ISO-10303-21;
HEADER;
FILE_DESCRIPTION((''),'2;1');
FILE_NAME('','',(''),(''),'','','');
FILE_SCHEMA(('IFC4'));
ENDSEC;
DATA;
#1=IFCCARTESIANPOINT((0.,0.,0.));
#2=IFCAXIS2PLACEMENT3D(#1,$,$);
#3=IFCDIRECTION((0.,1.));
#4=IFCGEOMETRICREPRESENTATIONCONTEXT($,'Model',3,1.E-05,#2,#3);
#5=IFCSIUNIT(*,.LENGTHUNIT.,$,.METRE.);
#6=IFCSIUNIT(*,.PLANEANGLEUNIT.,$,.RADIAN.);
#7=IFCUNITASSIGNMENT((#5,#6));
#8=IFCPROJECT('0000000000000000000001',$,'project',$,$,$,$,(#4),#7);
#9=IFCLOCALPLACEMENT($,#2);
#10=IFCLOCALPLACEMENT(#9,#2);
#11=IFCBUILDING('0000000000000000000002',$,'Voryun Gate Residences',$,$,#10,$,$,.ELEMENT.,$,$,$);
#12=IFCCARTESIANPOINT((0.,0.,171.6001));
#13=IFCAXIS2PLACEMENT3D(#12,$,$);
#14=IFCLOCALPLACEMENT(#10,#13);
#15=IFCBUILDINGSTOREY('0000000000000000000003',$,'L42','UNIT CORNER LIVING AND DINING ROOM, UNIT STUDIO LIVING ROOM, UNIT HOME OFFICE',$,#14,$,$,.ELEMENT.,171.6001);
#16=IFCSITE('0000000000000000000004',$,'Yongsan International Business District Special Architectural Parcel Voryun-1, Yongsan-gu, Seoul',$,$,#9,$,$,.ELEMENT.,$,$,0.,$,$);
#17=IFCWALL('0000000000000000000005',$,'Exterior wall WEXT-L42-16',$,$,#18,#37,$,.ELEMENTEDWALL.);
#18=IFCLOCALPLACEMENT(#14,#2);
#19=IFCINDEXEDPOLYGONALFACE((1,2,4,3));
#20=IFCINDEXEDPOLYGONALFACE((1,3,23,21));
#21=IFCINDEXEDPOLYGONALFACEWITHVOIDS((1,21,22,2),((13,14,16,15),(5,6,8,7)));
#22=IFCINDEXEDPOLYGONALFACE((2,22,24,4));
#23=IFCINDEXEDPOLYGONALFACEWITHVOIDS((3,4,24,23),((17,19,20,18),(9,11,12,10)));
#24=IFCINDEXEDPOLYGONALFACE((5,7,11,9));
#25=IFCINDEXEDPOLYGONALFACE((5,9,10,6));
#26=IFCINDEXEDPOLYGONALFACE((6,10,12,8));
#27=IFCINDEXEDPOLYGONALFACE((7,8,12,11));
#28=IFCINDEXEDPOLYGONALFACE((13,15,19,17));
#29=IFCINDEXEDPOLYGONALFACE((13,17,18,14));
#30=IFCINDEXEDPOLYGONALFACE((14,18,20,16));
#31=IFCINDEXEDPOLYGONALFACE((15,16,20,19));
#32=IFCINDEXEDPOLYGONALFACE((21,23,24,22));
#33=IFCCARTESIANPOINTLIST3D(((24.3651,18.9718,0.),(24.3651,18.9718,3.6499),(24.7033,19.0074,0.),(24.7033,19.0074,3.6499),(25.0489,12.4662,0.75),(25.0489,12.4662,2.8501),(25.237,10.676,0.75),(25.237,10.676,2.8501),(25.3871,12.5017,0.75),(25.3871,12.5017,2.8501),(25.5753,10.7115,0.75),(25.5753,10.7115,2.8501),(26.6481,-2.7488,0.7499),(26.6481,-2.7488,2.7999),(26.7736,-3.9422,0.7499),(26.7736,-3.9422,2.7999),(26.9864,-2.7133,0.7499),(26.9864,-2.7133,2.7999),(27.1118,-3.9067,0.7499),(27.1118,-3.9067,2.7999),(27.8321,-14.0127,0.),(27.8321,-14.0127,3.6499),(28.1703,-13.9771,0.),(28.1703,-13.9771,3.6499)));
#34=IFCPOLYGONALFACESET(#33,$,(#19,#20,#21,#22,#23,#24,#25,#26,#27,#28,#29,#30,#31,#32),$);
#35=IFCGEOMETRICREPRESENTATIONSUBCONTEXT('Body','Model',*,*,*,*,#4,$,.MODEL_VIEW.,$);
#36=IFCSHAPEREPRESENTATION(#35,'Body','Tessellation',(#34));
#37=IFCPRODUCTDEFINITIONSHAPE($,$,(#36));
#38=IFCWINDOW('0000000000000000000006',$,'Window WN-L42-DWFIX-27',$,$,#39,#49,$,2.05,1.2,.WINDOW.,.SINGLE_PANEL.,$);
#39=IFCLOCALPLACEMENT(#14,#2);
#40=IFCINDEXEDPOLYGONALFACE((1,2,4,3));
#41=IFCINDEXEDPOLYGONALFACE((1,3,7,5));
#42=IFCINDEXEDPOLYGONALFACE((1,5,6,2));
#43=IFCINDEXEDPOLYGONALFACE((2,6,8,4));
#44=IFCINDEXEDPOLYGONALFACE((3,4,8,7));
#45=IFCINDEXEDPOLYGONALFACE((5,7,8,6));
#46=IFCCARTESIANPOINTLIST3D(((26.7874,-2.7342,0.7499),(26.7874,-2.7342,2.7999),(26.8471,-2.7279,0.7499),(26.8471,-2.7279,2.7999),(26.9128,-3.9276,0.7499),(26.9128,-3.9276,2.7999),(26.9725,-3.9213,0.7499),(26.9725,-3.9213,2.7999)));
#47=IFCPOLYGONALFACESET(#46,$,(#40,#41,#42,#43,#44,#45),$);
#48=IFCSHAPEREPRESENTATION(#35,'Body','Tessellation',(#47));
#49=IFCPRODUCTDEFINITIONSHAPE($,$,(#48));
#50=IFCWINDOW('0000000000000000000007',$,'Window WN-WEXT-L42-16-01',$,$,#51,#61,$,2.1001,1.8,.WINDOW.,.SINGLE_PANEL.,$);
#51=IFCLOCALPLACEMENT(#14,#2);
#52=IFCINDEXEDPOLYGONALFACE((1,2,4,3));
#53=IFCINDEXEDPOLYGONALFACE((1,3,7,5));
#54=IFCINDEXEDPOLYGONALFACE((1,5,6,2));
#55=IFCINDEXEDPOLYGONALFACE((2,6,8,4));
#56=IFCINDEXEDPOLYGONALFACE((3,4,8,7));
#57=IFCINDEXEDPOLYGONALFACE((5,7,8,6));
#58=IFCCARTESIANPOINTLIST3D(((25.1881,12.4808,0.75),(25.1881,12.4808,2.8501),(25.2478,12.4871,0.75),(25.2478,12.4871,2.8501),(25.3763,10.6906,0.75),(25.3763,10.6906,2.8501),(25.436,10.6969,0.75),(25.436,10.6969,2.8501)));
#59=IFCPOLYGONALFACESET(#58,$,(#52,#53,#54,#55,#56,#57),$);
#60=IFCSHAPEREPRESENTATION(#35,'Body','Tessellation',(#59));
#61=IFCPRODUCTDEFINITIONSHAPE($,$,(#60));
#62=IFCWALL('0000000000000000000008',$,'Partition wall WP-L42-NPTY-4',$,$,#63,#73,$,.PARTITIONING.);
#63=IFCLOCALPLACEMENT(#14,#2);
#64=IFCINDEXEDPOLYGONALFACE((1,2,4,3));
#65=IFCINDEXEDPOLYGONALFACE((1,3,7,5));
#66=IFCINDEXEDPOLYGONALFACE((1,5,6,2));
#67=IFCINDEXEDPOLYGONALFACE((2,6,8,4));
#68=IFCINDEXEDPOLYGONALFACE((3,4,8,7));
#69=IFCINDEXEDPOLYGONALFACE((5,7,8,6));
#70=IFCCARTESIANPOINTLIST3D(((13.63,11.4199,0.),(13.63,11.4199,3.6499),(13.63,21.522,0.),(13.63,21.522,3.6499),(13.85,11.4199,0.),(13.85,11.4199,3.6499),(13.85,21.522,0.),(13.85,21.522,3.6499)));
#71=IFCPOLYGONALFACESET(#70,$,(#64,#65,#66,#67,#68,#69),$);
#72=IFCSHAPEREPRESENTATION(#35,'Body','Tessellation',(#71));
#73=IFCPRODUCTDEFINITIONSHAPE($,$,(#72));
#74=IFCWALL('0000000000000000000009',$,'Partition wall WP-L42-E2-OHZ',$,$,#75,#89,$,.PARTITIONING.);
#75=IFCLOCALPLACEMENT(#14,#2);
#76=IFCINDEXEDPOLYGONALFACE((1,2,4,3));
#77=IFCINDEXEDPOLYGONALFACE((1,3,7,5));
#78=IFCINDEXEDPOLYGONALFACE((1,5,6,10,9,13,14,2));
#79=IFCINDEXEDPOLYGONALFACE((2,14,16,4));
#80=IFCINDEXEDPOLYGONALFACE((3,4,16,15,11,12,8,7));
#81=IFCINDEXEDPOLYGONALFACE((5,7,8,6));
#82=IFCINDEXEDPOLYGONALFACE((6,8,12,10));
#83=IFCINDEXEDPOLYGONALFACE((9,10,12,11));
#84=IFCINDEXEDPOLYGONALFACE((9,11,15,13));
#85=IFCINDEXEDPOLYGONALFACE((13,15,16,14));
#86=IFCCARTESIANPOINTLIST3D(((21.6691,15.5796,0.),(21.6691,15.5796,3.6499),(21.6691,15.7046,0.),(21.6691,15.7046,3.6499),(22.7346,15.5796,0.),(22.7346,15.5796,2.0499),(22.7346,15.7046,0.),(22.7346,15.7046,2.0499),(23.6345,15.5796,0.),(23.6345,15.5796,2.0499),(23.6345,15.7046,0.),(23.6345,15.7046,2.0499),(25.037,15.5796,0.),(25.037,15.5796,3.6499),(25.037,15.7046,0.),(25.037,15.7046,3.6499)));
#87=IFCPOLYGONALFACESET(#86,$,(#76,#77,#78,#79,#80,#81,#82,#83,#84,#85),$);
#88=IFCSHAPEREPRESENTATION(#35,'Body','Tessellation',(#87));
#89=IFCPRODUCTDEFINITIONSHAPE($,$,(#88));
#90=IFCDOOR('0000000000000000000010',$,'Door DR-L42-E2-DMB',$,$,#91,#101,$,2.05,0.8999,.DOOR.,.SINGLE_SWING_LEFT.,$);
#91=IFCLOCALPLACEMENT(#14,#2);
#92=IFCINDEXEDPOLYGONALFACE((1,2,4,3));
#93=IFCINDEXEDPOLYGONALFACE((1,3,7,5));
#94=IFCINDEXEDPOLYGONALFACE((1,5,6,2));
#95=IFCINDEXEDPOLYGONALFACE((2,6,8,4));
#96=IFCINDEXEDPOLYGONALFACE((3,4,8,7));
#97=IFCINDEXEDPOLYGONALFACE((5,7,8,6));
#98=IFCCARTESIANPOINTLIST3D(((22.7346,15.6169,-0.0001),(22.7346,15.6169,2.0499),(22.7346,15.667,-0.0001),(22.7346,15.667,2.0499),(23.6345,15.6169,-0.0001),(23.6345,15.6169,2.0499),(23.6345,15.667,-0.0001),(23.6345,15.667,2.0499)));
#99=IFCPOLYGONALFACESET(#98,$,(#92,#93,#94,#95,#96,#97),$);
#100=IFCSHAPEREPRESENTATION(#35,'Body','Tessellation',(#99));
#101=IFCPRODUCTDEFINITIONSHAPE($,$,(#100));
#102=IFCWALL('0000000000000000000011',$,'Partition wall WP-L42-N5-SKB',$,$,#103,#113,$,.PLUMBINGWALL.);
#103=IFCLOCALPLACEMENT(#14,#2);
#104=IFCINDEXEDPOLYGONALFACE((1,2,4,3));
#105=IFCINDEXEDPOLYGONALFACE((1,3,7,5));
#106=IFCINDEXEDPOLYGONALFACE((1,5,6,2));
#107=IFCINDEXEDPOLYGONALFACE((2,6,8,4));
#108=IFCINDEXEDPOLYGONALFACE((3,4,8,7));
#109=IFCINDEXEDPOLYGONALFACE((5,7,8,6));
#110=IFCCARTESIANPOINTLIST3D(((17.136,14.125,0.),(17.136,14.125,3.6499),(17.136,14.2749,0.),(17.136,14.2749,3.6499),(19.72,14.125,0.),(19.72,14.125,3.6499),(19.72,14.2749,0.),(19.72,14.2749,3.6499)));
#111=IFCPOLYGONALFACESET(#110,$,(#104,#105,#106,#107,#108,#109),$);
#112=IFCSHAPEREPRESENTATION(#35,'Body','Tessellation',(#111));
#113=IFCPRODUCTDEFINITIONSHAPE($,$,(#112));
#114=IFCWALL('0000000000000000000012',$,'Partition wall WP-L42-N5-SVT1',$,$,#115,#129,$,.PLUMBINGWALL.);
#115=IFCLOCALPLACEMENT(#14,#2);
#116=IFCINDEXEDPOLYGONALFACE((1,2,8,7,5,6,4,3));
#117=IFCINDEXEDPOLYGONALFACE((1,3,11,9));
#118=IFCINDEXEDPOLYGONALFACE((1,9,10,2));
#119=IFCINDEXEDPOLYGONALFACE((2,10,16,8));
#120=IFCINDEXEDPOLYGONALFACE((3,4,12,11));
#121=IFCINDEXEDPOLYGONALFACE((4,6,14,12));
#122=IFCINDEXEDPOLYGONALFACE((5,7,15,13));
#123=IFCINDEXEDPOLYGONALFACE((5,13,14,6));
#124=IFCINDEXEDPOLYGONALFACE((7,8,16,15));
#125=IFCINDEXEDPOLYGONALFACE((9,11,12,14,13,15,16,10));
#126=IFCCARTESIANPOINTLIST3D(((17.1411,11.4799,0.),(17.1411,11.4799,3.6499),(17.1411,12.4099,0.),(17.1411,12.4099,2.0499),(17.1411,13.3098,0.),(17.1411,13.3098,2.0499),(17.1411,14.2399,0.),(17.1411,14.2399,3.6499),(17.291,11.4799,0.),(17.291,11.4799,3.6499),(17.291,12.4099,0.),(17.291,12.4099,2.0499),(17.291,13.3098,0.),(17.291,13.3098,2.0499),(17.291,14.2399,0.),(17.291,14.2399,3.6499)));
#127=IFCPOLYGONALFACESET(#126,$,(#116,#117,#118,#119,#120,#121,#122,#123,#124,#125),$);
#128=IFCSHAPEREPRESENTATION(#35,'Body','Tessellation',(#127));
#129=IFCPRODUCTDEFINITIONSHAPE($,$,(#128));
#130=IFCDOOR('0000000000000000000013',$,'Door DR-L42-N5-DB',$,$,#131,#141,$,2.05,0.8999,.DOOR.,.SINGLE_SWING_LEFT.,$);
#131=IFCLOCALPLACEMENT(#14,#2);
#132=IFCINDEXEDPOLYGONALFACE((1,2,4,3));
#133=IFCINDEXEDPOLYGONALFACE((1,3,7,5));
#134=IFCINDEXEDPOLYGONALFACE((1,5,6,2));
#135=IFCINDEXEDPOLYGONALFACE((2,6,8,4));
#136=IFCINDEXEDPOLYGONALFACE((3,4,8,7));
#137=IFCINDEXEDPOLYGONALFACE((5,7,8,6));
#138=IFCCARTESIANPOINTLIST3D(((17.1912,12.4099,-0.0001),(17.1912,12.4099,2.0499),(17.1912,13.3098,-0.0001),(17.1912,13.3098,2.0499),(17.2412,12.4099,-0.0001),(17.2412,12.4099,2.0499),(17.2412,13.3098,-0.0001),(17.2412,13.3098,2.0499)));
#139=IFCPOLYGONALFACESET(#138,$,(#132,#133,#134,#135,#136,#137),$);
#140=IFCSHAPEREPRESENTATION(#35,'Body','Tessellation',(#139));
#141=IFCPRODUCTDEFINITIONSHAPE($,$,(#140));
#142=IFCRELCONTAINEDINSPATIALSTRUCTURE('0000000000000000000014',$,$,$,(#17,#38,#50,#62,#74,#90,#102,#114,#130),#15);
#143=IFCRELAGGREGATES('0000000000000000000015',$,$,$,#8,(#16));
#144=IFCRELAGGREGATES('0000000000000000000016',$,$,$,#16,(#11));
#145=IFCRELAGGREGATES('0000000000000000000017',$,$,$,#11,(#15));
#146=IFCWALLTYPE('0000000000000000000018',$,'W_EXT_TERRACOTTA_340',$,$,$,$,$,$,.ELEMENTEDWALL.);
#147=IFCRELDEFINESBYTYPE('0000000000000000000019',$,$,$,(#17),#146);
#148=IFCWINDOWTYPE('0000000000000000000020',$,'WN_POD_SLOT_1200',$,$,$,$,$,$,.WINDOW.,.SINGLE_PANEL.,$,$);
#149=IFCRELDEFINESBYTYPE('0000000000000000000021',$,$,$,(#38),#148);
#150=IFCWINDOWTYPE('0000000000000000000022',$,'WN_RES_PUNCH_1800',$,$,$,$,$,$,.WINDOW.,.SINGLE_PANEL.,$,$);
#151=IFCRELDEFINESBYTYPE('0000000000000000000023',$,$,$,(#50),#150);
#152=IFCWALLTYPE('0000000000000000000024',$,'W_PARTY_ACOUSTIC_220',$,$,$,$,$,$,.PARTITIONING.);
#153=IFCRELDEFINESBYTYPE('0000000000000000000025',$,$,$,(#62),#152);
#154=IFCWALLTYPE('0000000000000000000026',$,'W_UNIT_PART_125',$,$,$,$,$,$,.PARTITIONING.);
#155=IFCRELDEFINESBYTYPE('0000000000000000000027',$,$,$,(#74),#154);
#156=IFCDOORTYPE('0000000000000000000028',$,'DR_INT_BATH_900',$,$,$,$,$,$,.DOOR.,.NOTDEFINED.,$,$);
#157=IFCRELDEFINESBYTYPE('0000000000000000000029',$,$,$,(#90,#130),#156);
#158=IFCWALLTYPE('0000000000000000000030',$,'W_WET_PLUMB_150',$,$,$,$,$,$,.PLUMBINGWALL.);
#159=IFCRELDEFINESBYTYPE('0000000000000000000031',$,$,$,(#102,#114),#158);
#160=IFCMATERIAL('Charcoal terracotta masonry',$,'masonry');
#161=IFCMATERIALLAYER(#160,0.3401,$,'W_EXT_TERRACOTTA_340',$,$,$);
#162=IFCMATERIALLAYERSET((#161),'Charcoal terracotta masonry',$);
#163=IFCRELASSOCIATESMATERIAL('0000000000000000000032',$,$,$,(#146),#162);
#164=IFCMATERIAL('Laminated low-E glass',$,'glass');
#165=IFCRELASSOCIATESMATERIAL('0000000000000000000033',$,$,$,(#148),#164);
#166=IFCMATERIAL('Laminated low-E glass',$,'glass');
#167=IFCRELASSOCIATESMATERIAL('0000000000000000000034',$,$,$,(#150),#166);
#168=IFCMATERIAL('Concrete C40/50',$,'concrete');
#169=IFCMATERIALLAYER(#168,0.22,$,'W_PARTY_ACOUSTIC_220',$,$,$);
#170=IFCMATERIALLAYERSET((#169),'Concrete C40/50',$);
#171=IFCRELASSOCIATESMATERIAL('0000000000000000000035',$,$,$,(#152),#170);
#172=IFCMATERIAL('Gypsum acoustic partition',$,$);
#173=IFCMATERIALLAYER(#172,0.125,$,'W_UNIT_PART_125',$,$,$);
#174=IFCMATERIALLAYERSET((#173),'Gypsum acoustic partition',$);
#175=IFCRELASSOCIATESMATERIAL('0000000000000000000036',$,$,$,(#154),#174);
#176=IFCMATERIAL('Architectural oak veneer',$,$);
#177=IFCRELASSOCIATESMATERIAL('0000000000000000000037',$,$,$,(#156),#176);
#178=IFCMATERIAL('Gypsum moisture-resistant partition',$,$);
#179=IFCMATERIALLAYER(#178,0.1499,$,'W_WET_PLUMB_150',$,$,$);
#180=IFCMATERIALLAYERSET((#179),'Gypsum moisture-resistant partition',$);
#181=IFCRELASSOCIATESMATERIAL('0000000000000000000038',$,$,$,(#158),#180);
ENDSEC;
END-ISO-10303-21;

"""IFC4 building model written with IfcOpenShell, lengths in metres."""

from ifc_helpers import new_model, si_unit, direction, frame, frame_2d, origin, place, context, subcontext, project, spatial, rectangle, extrude, material, layer, layer_set, type_object, element, fill, save


model = new_model("IFC4")

# Units and contexts
model_context = context("Model", 3, precision=1e-05, world=origin(), true_north=direction((0.0, 1.0)))
body_context = subcontext(model_context, "Body", "Model", "MODEL_VIEW")
ifc_project = project(units=[si_unit("LENGTHUNIT", "METRE"), si_unit("PLANEANGLEUNIT", "RADIAN")], contexts=[model_context])

# Site, building, storey
site_placement = place(None, origin())
site = spatial("IfcSite", under=ifc_project, at=site_placement, Name="Yongsan International Business District Special Architectural Parcel Voryun-1, Yongsan-gu, Seoul", CompositionType="ELEMENT", RefElevation=0.0)
building_placement = place(site_placement, origin())
building = spatial("IfcBuilding", under=site, at=building_placement, Name="Voryun Gate Residences", CompositionType="ELEMENT")
storey_placement = place(building_placement, frame((0.0, 0.0, 171.6001)))
storey = spatial("IfcBuildingStorey", under=building, at=storey_placement, Name="L42", Description="UNIT CORNER LIVING AND DINING ROOM, UNIT STUDIO LIVING ROOM, UNIT HOME OFFICE", CompositionType="ELEMENT", Elevation=171.6001)

# Shared definitions
ifc_material_1 = material(Name="Charcoal terracotta masonry", Category="masonry")
ifc_layer_1 = layer(ifc_material_1, 0.3401, Name="W_EXT_TERRACOTTA_340")
ifc_layer_set_1 = layer_set([ifc_layer_1], Name="Charcoal terracotta masonry")
wall_type_1 = type_object("IfcWallType", Name="W_EXT_TERRACOTTA_340", PredefinedType="ELEMENTEDWALL", material=ifc_layer_set_1)

# Wall, openings, windows
wall_1_placement = place(storey_placement, frame((24.5342, 18.9895, 0.0), z_axis=(0.0, 0.0, 1.0), x_axis=(0.104535, -0.994521, 0.0)))
wall_1 = element("IfcWall", 1, at=wall_1_placement, inside=storey, type_object=wall_type_1, Name="Exterior wall WEXT-L42-16", PredefinedType="ELEMENTEDWALL", context=body_context, shape_type="SweptSolid", body=[
    extrude(rectangle(XDim=33.1663, YDim=0.3401, at=frame_2d((16.583, 0.0))), origin(), (0.0, 0.0, 1.0), 3.6499),
])
opening_1_placement = place(wall_1_placement, frame((6.5415, 0.0, 0.75)))
opening_1 = element("IfcOpeningElement", 2, at=opening_1_placement, cuts=wall_1, PredefinedType="OPENING", context=body_context, shape_type="SweptSolid", body=[
    extrude(rectangle(XDim=1.8, YDim=2.1001, at=frame_2d((0.8999, 1.05))), frame((0.0, 0.1799, 0.0), z_axis=(0.0, -1.0, 0.0), x_axis=(1.0, 0.0, 0.0)), (0.0, 0.0, 1.0), 0.3601),
])
opening_2_placement = place(wall_1_placement, frame((21.8401, 0.0, 0.75)))
opening_2 = element("IfcOpeningElement", 3, at=opening_2_placement, cuts=wall_1, PredefinedType="OPENING", context=body_context, shape_type="SweptSolid", body=[
    extrude(rectangle(XDim=1.2, YDim=2.05, at=frame_2d((0.6001, 1.0249))), frame((0.0, 0.1799, 0.0), z_axis=(0.0, -1.0, 0.0), x_axis=(1.0, 0.0, 0.0)), (0.0, 0.0, 1.0), 0.3601),
])
ifc_material_2 = material(Name="Laminated low-E glass", Category="glass")
window_type_1 = type_object("IfcWindowType", Name="WN_POD_SLOT_1200", PartitioningType="SINGLE_PANEL", PredefinedType="WINDOW", material=ifc_material_2)
window_1_placement = place(opening_2_placement, origin())
window_1 = element("IfcWindow", 4, at=window_1_placement, inside=storey, type_object=window_type_1, Name="Window WN-L42-DWFIX-27", OverallHeight=2.05, OverallWidth=1.2, PartitioningType="SINGLE_PANEL", PredefinedType="WINDOW", context=body_context, shape_type="SweptSolid", body=[
    extrude(rectangle(XDim=1.2, YDim=2.05, at=frame_2d((0.6001, 1.0249))), frame((0.0, 0.03, 0.0), z_axis=(0.0, -1.0, 0.0), x_axis=(1.0, 0.0, 0.0)), (0.0, 0.0, 1.0), 0.0601),
])
fill(opening_2, window_1)
ifc_material_3 = material(Name="Laminated low-E glass", Category="glass")
window_type_2 = type_object("IfcWindowType", Name="WN_RES_PUNCH_1800", PartitioningType="SINGLE_PANEL", PredefinedType="WINDOW", material=ifc_material_3)
window_2_placement = place(opening_1_placement, origin())
window_2 = element("IfcWindow", 5, at=window_2_placement, inside=storey, type_object=window_type_2, Name="Window WN-WEXT-L42-16-01", OverallHeight=2.1001, OverallWidth=1.8, PartitioningType="SINGLE_PANEL", PredefinedType="WINDOW", context=body_context, shape_type="SweptSolid", body=[
    extrude(rectangle(XDim=1.8, YDim=2.1001, at=frame_2d((0.8999, 1.05))), frame((0.0, 0.03, 0.0), z_axis=(0.0, -1.0, 0.0), x_axis=(1.0, 0.0, 0.0)), (0.0, 0.0, 1.0), 0.0601),
])
fill(opening_1, window_2)

# Wall
ifc_material_4 = material(Name="Concrete C40/50", Category="concrete")
ifc_layer_2 = layer(ifc_material_4, 0.22, Name="W_PARTY_ACOUSTIC_220")
ifc_layer_set_2 = layer_set([ifc_layer_2], Name="Concrete C40/50")
wall_type_2 = type_object("IfcWallType", Name="W_PARTY_ACOUSTIC_220", PredefinedType="PARTITIONING", material=ifc_layer_set_2)
wall_2_placement = place(storey_placement, frame((13.74, 11.4199, 0.0), z_axis=(0.0, 0.0, 1.0), x_axis=(0.0, 1.0, 0.0)))
element("IfcWall", 6, at=wall_2_placement, inside=storey, type_object=wall_type_2, Name="Partition wall WP-L42-NPTY-4", PredefinedType="PARTITIONING", context=body_context, shape_type="SweptSolid", body=[
    extrude(rectangle(XDim=10.1021, YDim=0.22, at=frame_2d((5.051, 0.0))), origin(), (0.0, 0.0, 1.0), 3.6499),
])

# Wall, opening, door
ifc_material_5 = material(Name="Gypsum acoustic partition")
ifc_layer_3 = layer(ifc_material_5, 0.125, Name="W_UNIT_PART_125")
ifc_layer_set_3 = layer_set([ifc_layer_3], Name="Gypsum acoustic partition")
wall_type_3 = type_object("IfcWallType", Name="W_UNIT_PART_125", PredefinedType="PARTITIONING", material=ifc_layer_set_3)
wall_3_placement = place(storey_placement, frame((21.6689, 15.6421, 0.0), z_axis=(0.0, 0.0, 1.0), x_axis=(1.0, 0.0, 0.0)))
wall_3 = element("IfcWall", 7, at=wall_3_placement, inside=storey, type_object=wall_type_3, Name="Partition wall WP-L42-E2-OHZ", PredefinedType="PARTITIONING", context=body_context, shape_type="SweptSolid", body=[
    extrude(rectangle(XDim=3.3679, YDim=0.125, at=frame_2d((1.6841, 0.0))), origin(), (0.0, 0.0, 1.0), 3.6499),
])
opening_3_placement = place(wall_3_placement, frame((1.0657, 0.0, 0.0)))
opening_3 = element("IfcOpeningElement", 8, at=opening_3_placement, cuts=wall_3, PredefinedType="OPENING", context=body_context, shape_type="SweptSolid", body=[
    extrude(rectangle(XDim=0.8999, YDim=2.05, at=frame_2d((0.45, 1.0249))), frame((0.0, 0.0725, 0.0), z_axis=(0.0, -1.0, 0.0), x_axis=(1.0, 0.0, 0.0)), (0.0, 0.0, 1.0), 0.145),
])
ifc_material_6 = material(Name="Architectural oak veneer")
door_type = type_object("IfcDoorType", Name="DR_INT_BATH_900", OperationType="NOTDEFINED", PredefinedType="DOOR", material=ifc_material_6)
door_1_placement = place(opening_3_placement, origin())
door_1 = element("IfcDoor", 9, at=door_1_placement, inside=storey, type_object=door_type, Name="Door DR-L42-E2-DMB", OperationType="SINGLE_SWING_LEFT", OverallHeight=2.05, OverallWidth=0.8999, PredefinedType="DOOR", context=body_context, shape_type="SweptSolid", body=[
    extrude(rectangle(XDim=0.8999, YDim=2.05, at=frame_2d((0.45, 1.0249))), frame((0.0, 0.0249, 0.0), z_axis=(0.0, -1.0, 0.0), x_axis=(1.0, 0.0, 0.0)), (0.0, 0.0, 1.0), 0.05),
])
fill(opening_3, door_1)

# Wall
ifc_material_7 = material(Name="Gypsum moisture-resistant partition")
ifc_layer_4 = layer(ifc_material_7, 0.1499, Name="W_WET_PLUMB_150")
ifc_layer_set_4 = layer_set([ifc_layer_4], Name="Gypsum moisture-resistant partition")
wall_type_4 = type_object("IfcWallType", Name="W_WET_PLUMB_150", PredefinedType="PLUMBINGWALL", material=ifc_layer_set_4)
wall_4_placement = place(storey_placement, frame((17.136, 14.2, 0.0), z_axis=(0.0, 0.0, 1.0), x_axis=(1.0, 0.0, 0.0)))
element("IfcWall", 10, at=wall_4_placement, inside=storey, type_object=wall_type_4, Name="Partition wall WP-L42-N5-SKB", PredefinedType="PLUMBINGWALL", context=body_context, shape_type="SweptSolid", body=[
    extrude(rectangle(XDim=2.584, YDim=0.1499, at=frame_2d((1.292, 0.0))), origin(), (0.0, 0.0, 1.0), 3.6499),
])

# Wall, opening, door
wall_5_placement = place(storey_placement, frame((17.2161, 11.48, 0.0), z_axis=(0.0, 0.0, 1.0), x_axis=(0.0, 1.0, 0.0)))
wall_5 = element("IfcWall", 11, at=wall_5_placement, inside=storey, type_object=wall_type_4, Name="Partition wall WP-L42-N5-SVT1", PredefinedType="PLUMBINGWALL", context=body_context, shape_type="SweptSolid", body=[
    extrude(rectangle(XDim=2.76, YDim=0.1499, at=frame_2d((1.3799, 0.0))), origin(), (0.0, 0.0, 1.0), 3.6499),
])
opening_4_placement = place(wall_5_placement, frame((0.9299, 0.0, 0.0)))
opening_4 = element("IfcOpeningElement", 12, at=opening_4_placement, cuts=wall_5, PredefinedType="OPENING", context=body_context, shape_type="SweptSolid", body=[
    extrude(rectangle(XDim=0.8999, YDim=2.05, at=frame_2d((0.45, 1.0249))), frame((0.0, 0.085, 0.0), z_axis=(0.0, -1.0, 0.0), x_axis=(1.0, 0.0, 0.0)), (0.0, 0.0, 1.0), 0.1699),
])
door_2_placement = place(opening_4_placement, origin())
door_2 = element("IfcDoor", 13, at=door_2_placement, inside=storey, type_object=door_type, Name="Door DR-L42-N5-DB", OperationType="SINGLE_SWING_LEFT", OverallHeight=2.05, OverallWidth=0.8999, PredefinedType="DOOR", context=body_context, shape_type="SweptSolid", body=[
    extrude(rectangle(XDim=0.8999, YDim=2.05, at=frame_2d((0.45, 1.0249))), frame((0.0, 0.0249, 0.0), z_axis=(0.0, -1.0, 0.0), x_axis=(1.0, 0.0, 0.0)), (0.0, 0.0, 1.0), 0.05),
])
fill(opening_4, door_2)

save(model, "model.ifc")
